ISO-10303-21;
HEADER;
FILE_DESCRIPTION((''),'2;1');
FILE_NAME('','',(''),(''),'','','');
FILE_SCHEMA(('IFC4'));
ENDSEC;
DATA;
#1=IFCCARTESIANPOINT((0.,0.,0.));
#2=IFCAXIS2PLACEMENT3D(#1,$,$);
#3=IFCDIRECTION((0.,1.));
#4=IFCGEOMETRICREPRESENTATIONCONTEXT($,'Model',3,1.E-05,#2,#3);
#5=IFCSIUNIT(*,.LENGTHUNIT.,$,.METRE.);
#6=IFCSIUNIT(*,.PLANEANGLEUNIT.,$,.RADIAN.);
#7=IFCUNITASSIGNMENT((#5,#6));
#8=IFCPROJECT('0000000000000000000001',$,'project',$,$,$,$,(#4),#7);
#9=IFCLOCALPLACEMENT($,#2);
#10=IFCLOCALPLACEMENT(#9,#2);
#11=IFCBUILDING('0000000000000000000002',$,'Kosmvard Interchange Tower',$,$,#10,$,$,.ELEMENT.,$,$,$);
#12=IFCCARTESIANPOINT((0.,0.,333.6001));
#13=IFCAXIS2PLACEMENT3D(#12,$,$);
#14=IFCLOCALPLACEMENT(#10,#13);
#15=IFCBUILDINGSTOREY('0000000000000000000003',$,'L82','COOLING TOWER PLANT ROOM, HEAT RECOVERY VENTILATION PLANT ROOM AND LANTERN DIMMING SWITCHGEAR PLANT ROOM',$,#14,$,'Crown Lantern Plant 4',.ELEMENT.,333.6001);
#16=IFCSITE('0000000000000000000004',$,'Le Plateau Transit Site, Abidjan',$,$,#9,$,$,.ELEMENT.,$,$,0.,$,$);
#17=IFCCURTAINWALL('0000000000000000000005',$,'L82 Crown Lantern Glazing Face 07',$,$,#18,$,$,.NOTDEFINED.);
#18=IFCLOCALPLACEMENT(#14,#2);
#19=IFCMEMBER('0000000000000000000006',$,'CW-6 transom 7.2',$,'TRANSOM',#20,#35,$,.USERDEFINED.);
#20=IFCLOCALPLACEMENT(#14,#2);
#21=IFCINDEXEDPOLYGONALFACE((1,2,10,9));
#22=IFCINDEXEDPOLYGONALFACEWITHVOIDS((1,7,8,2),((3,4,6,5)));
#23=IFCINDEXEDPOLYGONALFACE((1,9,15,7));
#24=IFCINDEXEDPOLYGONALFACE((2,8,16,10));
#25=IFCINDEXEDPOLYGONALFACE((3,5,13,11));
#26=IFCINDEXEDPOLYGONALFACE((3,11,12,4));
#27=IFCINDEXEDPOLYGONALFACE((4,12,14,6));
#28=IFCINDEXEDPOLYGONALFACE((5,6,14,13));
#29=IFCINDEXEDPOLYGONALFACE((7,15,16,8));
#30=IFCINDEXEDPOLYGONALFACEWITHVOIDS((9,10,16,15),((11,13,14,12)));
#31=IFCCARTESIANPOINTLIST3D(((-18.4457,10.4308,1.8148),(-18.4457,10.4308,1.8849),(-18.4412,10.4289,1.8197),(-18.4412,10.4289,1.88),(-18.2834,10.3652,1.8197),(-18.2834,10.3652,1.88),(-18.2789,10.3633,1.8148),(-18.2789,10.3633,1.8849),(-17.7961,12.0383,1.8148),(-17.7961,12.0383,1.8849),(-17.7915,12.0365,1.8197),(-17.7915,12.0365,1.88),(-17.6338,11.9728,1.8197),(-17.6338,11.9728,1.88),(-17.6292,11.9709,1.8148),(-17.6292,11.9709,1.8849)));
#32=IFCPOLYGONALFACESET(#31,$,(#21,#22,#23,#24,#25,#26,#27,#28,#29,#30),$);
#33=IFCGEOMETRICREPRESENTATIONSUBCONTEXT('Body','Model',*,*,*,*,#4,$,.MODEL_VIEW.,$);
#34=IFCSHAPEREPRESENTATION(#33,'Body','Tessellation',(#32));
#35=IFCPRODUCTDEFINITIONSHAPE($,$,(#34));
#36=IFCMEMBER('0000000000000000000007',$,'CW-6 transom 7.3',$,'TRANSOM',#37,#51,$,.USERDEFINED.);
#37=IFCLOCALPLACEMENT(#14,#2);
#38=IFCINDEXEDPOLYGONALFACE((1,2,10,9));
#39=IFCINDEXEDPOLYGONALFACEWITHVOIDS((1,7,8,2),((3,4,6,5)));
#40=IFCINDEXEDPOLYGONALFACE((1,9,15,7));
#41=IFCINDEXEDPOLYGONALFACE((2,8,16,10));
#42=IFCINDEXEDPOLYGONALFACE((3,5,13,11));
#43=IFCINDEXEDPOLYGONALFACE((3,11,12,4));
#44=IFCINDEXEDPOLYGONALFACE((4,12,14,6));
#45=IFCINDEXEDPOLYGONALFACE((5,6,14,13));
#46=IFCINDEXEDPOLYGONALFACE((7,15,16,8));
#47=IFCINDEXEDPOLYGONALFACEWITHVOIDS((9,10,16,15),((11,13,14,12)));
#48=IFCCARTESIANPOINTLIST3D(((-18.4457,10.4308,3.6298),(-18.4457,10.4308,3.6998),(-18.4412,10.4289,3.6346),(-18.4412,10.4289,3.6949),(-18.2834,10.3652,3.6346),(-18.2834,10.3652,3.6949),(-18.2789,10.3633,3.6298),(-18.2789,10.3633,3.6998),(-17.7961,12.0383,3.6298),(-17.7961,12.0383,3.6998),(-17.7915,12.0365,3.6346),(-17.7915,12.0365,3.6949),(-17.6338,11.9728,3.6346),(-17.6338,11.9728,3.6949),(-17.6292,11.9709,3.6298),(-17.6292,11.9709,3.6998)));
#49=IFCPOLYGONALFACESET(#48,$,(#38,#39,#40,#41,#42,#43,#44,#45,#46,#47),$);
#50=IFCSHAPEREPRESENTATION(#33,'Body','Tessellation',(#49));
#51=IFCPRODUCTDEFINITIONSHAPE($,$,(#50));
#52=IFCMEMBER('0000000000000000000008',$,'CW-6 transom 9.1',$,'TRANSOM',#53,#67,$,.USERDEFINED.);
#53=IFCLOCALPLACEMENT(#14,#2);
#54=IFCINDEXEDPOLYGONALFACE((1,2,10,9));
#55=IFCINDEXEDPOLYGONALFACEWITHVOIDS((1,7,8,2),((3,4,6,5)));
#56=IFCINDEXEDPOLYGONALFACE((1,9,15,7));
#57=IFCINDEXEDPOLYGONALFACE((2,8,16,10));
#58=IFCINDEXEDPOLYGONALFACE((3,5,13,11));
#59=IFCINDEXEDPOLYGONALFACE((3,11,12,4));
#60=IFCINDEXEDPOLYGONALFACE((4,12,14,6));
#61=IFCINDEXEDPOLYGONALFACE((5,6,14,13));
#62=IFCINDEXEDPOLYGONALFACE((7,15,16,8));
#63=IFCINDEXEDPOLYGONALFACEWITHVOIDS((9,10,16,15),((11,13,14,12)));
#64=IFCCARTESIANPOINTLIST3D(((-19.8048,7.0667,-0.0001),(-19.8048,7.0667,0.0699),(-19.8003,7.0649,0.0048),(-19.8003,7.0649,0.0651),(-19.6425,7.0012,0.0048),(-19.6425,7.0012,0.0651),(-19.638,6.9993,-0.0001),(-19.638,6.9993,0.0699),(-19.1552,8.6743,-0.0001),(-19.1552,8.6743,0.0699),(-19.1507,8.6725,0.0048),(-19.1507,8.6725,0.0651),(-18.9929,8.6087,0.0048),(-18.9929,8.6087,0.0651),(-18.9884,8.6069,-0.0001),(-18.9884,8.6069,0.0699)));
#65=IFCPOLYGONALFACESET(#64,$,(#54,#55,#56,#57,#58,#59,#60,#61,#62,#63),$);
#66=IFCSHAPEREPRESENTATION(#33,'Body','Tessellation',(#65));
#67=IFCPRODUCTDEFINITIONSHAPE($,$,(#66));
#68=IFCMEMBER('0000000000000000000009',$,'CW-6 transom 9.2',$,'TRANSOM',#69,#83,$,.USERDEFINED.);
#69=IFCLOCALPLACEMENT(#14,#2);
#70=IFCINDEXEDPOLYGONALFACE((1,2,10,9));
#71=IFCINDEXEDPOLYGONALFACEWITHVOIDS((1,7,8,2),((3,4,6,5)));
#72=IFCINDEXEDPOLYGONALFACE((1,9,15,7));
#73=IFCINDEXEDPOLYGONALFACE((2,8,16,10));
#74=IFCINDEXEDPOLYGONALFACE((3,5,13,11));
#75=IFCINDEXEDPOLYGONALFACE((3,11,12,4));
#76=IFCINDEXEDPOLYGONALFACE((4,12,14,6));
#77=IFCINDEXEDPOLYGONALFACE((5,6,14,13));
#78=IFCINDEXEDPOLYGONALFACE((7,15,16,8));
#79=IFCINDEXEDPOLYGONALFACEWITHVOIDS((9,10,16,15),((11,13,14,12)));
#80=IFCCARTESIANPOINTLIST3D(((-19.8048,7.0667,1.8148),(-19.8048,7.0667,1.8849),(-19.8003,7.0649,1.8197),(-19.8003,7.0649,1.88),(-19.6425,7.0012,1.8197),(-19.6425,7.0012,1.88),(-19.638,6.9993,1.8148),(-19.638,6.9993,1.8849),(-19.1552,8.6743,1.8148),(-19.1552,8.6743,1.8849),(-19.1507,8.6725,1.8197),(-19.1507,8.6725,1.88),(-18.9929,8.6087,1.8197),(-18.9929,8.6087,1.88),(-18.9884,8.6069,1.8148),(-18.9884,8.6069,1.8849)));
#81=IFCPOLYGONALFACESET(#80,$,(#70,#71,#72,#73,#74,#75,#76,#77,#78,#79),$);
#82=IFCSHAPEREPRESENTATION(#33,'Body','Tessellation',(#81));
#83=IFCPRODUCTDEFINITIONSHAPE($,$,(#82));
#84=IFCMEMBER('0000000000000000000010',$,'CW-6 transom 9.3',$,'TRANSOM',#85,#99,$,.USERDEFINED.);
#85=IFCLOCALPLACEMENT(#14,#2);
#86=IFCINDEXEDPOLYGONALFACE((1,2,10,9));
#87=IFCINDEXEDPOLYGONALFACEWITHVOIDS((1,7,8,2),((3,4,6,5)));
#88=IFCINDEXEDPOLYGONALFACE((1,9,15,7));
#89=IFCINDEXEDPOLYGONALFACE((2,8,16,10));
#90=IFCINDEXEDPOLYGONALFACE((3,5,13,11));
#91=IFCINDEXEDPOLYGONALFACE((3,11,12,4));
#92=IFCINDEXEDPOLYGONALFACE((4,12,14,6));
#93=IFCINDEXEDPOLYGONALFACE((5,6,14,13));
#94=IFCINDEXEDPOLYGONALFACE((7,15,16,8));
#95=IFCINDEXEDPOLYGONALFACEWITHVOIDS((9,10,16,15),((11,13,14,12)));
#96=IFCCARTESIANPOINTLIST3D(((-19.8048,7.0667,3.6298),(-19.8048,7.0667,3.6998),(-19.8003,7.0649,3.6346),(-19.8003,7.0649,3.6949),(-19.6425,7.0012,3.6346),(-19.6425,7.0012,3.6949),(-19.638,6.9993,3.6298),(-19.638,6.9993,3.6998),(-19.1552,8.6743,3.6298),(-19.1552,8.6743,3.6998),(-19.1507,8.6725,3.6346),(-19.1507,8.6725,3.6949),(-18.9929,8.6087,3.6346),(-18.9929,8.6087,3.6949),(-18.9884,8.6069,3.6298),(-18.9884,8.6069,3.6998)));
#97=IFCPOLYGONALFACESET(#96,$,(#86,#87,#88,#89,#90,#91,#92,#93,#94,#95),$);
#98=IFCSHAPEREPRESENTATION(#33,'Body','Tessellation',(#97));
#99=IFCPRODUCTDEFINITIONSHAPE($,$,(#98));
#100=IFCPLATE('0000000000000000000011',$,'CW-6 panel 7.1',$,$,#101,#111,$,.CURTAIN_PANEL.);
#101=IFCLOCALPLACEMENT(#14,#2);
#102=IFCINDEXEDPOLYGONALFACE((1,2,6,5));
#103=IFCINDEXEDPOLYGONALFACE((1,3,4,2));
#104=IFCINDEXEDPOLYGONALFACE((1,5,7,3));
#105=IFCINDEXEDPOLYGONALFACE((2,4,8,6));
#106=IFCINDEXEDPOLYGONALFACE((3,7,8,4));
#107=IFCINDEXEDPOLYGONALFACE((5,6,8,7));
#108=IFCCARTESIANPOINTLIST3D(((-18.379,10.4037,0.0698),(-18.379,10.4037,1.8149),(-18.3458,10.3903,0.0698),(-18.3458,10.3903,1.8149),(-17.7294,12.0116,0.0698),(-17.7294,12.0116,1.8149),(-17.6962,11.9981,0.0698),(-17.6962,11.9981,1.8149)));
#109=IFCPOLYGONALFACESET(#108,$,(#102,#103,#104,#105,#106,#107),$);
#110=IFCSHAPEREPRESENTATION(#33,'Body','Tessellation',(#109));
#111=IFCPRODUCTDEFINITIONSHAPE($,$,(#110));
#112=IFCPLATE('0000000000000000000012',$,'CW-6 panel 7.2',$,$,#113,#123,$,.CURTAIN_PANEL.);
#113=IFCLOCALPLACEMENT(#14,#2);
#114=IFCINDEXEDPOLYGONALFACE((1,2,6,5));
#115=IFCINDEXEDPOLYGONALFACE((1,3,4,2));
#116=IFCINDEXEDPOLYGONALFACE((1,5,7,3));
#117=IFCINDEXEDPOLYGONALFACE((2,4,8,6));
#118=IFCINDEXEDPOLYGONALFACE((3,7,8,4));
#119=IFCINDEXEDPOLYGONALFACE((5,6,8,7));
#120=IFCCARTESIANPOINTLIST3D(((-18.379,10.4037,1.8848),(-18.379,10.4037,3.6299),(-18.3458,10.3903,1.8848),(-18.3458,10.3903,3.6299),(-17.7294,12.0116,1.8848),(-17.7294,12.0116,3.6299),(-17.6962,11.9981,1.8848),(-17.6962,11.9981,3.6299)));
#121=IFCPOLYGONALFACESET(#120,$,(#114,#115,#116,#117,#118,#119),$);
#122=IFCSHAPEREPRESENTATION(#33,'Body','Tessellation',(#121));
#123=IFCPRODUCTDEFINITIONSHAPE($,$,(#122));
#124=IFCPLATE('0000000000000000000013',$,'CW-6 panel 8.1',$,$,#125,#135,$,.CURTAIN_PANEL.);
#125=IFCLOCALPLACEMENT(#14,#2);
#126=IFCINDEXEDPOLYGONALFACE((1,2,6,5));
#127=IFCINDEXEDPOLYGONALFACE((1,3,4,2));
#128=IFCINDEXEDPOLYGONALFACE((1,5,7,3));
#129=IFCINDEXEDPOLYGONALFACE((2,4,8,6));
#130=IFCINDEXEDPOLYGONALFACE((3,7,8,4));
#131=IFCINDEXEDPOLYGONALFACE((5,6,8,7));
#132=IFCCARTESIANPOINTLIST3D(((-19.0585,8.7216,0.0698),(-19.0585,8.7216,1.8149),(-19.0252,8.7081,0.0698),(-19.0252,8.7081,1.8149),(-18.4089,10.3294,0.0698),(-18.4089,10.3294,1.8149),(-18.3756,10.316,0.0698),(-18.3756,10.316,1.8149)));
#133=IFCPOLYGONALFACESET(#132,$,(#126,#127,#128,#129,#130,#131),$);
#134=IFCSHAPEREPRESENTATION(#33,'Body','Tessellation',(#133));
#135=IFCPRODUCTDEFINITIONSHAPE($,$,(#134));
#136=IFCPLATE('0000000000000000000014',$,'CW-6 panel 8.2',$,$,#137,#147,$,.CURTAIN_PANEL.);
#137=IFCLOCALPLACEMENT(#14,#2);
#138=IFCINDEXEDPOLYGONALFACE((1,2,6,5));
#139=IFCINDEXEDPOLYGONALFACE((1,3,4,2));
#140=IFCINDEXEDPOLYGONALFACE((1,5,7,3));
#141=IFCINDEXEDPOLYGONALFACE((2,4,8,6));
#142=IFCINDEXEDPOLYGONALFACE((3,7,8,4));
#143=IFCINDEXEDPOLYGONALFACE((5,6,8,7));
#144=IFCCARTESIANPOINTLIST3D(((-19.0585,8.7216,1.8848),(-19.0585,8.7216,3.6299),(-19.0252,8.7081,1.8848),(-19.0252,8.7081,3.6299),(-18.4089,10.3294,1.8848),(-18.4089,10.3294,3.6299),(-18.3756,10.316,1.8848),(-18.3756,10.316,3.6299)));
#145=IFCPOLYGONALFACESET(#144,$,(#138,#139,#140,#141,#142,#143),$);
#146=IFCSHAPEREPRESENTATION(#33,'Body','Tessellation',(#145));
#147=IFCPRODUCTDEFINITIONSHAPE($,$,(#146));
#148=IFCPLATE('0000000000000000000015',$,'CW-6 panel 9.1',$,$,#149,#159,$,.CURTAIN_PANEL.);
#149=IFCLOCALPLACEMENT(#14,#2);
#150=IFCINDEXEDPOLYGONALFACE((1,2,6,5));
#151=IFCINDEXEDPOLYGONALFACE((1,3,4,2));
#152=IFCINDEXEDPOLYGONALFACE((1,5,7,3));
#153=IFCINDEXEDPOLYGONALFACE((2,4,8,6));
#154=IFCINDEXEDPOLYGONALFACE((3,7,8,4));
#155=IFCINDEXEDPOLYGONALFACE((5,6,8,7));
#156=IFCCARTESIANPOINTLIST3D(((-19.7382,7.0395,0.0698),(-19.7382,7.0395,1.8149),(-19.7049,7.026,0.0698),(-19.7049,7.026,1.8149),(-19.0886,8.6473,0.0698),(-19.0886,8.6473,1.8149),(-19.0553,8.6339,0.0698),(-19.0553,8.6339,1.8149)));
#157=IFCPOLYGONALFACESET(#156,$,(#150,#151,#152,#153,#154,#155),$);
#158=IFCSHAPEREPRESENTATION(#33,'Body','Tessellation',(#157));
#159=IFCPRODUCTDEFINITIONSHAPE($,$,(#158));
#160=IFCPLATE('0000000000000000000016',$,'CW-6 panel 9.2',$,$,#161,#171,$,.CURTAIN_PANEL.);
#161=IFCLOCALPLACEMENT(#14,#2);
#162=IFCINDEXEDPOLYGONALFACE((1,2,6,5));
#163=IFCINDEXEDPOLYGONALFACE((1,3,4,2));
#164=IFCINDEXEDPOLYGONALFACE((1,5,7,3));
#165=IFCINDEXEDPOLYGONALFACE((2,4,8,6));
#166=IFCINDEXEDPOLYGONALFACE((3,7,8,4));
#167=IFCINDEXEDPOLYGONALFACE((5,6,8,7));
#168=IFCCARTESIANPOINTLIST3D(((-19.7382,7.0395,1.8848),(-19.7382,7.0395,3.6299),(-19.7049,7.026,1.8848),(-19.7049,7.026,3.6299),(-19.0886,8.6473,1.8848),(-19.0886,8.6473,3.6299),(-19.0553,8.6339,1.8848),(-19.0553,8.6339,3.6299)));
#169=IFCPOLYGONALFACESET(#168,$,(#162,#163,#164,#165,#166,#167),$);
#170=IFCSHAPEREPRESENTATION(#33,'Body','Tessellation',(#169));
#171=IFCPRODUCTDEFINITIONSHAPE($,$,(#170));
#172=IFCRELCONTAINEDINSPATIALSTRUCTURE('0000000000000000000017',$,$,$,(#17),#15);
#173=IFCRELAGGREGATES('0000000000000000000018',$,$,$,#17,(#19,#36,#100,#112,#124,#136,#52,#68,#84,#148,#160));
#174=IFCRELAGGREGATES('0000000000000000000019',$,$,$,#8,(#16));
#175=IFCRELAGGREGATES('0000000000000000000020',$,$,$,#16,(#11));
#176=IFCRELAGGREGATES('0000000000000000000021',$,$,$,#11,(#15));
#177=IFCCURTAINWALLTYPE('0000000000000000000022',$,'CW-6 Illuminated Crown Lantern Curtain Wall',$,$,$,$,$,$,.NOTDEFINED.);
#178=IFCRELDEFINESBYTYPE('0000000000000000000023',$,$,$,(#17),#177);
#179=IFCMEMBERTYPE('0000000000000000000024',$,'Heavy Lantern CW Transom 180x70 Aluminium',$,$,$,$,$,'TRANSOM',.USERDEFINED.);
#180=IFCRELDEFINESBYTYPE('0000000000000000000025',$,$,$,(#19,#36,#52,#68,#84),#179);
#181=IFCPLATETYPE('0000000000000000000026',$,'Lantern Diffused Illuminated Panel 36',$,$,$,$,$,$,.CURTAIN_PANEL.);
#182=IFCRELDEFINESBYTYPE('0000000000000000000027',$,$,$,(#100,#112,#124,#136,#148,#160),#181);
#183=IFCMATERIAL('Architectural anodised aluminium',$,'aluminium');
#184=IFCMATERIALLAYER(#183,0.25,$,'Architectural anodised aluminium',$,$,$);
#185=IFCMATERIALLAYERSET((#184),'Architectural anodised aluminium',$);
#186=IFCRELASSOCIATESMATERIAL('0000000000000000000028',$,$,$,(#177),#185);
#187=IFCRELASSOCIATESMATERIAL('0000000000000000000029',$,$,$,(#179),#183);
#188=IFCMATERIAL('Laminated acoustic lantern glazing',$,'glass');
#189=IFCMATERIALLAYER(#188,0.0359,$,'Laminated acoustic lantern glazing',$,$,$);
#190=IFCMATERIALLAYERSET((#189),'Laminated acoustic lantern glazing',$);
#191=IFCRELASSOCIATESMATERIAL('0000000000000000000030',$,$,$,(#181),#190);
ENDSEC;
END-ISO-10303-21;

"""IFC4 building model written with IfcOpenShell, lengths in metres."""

from ifc_helpers import new_model, si_unit, direction, frame, origin, origin_2d, place, context, subcontext, project, spatial, rectangle, hollow_rectangle, extrude, source, transform, mapped, material, layer, layer_set, material_profile, profile_set, type_object, element, aggregate, save


model = new_model("IFC4")

# Units and contexts
model_context = context("Model", 3, precision=1e-05, world=origin(), true_north=direction((0.0, 1.0)))
body_context = subcontext(model_context, "Body", "Model", "MODEL_VIEW")
ifc_project = project(units=[si_unit("LENGTHUNIT", "METRE"), si_unit("PLANEANGLEUNIT", "RADIAN")], contexts=[model_context])

# Site, building, storey
site_placement = place(None, origin())
site = spatial("IfcSite", under=ifc_project, at=site_placement, Name="Le Plateau Transit Site, Abidjan", CompositionType="ELEMENT", RefElevation=0.0)
building_placement = place(site_placement, origin())
building = spatial("IfcBuilding", under=site, at=building_placement, Name="Kosmvard Interchange Tower", CompositionType="ELEMENT")
storey_placement = place(building_placement, frame((0.0, 0.0, 333.6001)))
storey = spatial("IfcBuildingStorey", under=building, at=storey_placement, Name="L82", Description="COOLING TOWER PLANT ROOM, HEAT RECOVERY VENTILATION PLANT ROOM AND LANTERN DIMMING SWITCHGEAR PLANT ROOM", LongName="Crown Lantern Plant 4", CompositionType="ELEMENT", Elevation=333.6001)

# Curtain wall, members, plates
ifc_material_1 = material(Name="Architectural anodised aluminium", Category="aluminium")
ifc_layer_1 = layer(ifc_material_1, 0.25, Name="Architectural anodised aluminium")
ifc_layer_set_1 = layer_set([ifc_layer_1], Name="Architectural anodised aluminium")
curtain_wall_type = type_object("IfcCurtainWallType", Name="CW-6 Illuminated Crown Lantern Curtain Wall", PredefinedType="NOTDEFINED", material=ifc_layer_set_1)
curtain_wall_placement = place(storey_placement, origin())
curtain_wall = element("IfcCurtainWall", 1, at=curtain_wall_placement, inside=storey, type_object=curtain_wall_type, Name="L82 Crown Lantern Glazing Face 07", PredefinedType="NOTDEFINED")
ifc_material_profile_1 = material_profile(ifc_material_1, hollow_rectangle(XDim=0.1799, YDim=0.0701, WallThickness=0.0049, at=origin_2d()), Name="CWT 180x70x5")
ifc_profile_set_1 = profile_set([ifc_material_profile_1], Name="Architectural anodised aluminium")
member_type_1 = type_object("IfcMemberType", Name="Heavy Lantern CW Transom 180x70 Aluminium", ElementType="TRANSOM", PredefinedType="USERDEFINED", material=ifc_profile_set_1)
shared_shape_1 = source(origin(), body_context, "Body", "SweptSolid", [
    extrude(hollow_rectangle(XDim=0.1799, YDim=0.0701, WallThickness=0.0049, at=origin_2d()), origin(), (0.0, 0.0, 1.0), 1.7339),
])
member_1_placement = place(storey_placement, frame((-17.7126, 12.0046, 1.8499), z_axis=(-0.374666, -0.92716, 0.0), x_axis=(0.92716, -0.374666, 0.0)))
member_1 = element("IfcMember", 2, at=member_1_placement, type_object=member_type_1, Name="CW-6 transom 7.2", ObjectType="TRANSOM", PredefinedType="USERDEFINED", context=body_context, shape_type="MappedRepresentation", body=[
    mapped(shared_shape_1, transform((0.0, 0.0, 0.0), scale=1.0)),
])
member_2_placement = place(storey_placement, frame((-17.7126, 12.0046, 3.6648), z_axis=(-0.374666, -0.92716, 0.0), x_axis=(0.92716, -0.374666, 0.0)))
member_2 = element("IfcMember", 3, at=member_2_placement, type_object=member_type_1, Name="CW-6 transom 7.3", ObjectType="TRANSOM", PredefinedType="USERDEFINED", context=body_context, shape_type="MappedRepresentation", body=[
    mapped(shared_shape_1, transform((0.0, 0.0, 0.0), scale=1.0)),
])
member_3_placement = place(storey_placement, frame((-19.0718, 8.6406, 0.0349), z_axis=(-0.374666, -0.92716, 0.0), x_axis=(0.92716, -0.374666, 0.0)))
member_3 = element("IfcMember", 4, at=member_3_placement, type_object=member_type_1, Name="CW-6 transom 9.1", ObjectType="TRANSOM", PredefinedType="USERDEFINED", context=body_context, shape_type="MappedRepresentation", body=[
    mapped(shared_shape_1, transform((0.0, 0.0, 0.0), scale=1.0)),
])
member_4_placement = place(storey_placement, frame((-19.0718, 8.6406, 1.8499), z_axis=(-0.374666, -0.92716, 0.0), x_axis=(0.92716, -0.374666, 0.0)))
member_4 = element("IfcMember", 5, at=member_4_placement, type_object=member_type_1, Name="CW-6 transom 9.2", ObjectType="TRANSOM", PredefinedType="USERDEFINED", context=body_context, shape_type="MappedRepresentation", body=[
    mapped(shared_shape_1, transform((0.0, 0.0, 0.0), scale=1.0)),
])
member_5_placement = place(storey_placement, frame((-19.0718, 8.6406, 3.6648), z_axis=(-0.374666, -0.92716, 0.0), x_axis=(0.92716, -0.374666, 0.0)))
member_5 = element("IfcMember", 6, at=member_5_placement, type_object=member_type_1, Name="CW-6 transom 9.3", ObjectType="TRANSOM", PredefinedType="USERDEFINED", context=body_context, shape_type="MappedRepresentation", body=[
    mapped(shared_shape_1, transform((0.0, 0.0, 0.0), scale=1.0)),
])
ifc_material_2 = material(Name="Laminated acoustic lantern glazing", Category="glass")
ifc_layer_2 = layer(ifc_material_2, 0.0359, Name="Laminated acoustic lantern glazing")
ifc_layer_set_2 = layer_set([ifc_layer_2], Name="Laminated acoustic lantern glazing")
plate_type = type_object("IfcPlateType", Name="Lantern Diffused Illuminated Panel 36", PredefinedType="CURTAIN_PANEL", material=ifc_layer_set_2)
shared_shape_2 = source(origin(), body_context, "Body", "SweptSolid", [
    extrude(rectangle(XDim=1.7341, YDim=0.0359, at=origin_2d()), origin(), (0.0, 0.0, 1.0), 1.7451),
])
plate_1_placement = place(storey_placement, frame((-18.0376, 11.2009, 0.0698), z_axis=(0.0, 0.0, 1.0), x_axis=(-0.374607, -0.927184, 0.0)))
plate_1 = element("IfcPlate", 7, at=plate_1_placement, type_object=plate_type, Name="CW-6 panel 7.1", PredefinedType="CURTAIN_PANEL", context=body_context, shape_type="MappedRepresentation", body=[
    mapped(shared_shape_2, transform((0.0, 0.0, 0.0), scale=1.0)),
])
plate_2_placement = place(storey_placement, frame((-18.0376, 11.2009, 1.8848), z_axis=(0.0, 0.0, 1.0), x_axis=(-0.374607, -0.927184, 0.0)))
plate_2 = element("IfcPlate", 8, at=plate_2_placement, type_object=plate_type, Name="CW-6 panel 7.2", PredefinedType="CURTAIN_PANEL", context=body_context, shape_type="MappedRepresentation", body=[
    mapped(shared_shape_2, transform((0.0, 0.0, 0.0), scale=1.0)),
])
plate_3_placement = place(storey_placement, frame((-18.717, 9.5188, 0.0698), z_axis=(0.0, 0.0, 1.0), x_axis=(-0.374607, -0.927184, 0.0)))
plate_3 = element("IfcPlate", 9, at=plate_3_placement, type_object=plate_type, Name="CW-6 panel 8.1", PredefinedType="CURTAIN_PANEL", context=body_context, shape_type="MappedRepresentation", body=[
    mapped(shared_shape_2, transform((0.0, 0.0, 0.0), scale=1.0)),
])
plate_4_placement = place(storey_placement, frame((-18.717, 9.5188, 1.8848), z_axis=(0.0, 0.0, 1.0), x_axis=(-0.374607, -0.927184, 0.0)))
plate_4 = element("IfcPlate", 10, at=plate_4_placement, type_object=plate_type, Name="CW-6 panel 8.2", PredefinedType="CURTAIN_PANEL", context=body_context, shape_type="MappedRepresentation", body=[
    mapped(shared_shape_2, transform((0.0, 0.0, 0.0), scale=1.0)),
])
plate_5_placement = place(storey_placement, frame((-19.3967, 7.8367, 0.0698), z_axis=(0.0, 0.0, 1.0), x_axis=(-0.374607, -0.927184, 0.0)))
plate_5 = element("IfcPlate", 11, at=plate_5_placement, type_object=plate_type, Name="CW-6 panel 9.1", PredefinedType="CURTAIN_PANEL", context=body_context, shape_type="MappedRepresentation", body=[
    mapped(shared_shape_2, transform((0.0, 0.0, 0.0), scale=1.0)),
])
plate_6_placement = place(storey_placement, frame((-19.3967, 7.8367, 1.8848), z_axis=(0.0, 0.0, 1.0), x_axis=(-0.374607, -0.927184, 0.0)))
plate_6 = element("IfcPlate", 12, at=plate_6_placement, type_object=plate_type, Name="CW-6 panel 9.2", PredefinedType="CURTAIN_PANEL", context=body_context, shape_type="MappedRepresentation", body=[
    mapped(shared_shape_2, transform((0.0, 0.0, 0.0), scale=1.0)),
])
aggregate(curtain_wall, [member_1, member_2, plate_1, plate_2, plate_3, plate_4, member_3, member_4, member_5, plate_5, plate_6])

save(model, "model.ifc")
